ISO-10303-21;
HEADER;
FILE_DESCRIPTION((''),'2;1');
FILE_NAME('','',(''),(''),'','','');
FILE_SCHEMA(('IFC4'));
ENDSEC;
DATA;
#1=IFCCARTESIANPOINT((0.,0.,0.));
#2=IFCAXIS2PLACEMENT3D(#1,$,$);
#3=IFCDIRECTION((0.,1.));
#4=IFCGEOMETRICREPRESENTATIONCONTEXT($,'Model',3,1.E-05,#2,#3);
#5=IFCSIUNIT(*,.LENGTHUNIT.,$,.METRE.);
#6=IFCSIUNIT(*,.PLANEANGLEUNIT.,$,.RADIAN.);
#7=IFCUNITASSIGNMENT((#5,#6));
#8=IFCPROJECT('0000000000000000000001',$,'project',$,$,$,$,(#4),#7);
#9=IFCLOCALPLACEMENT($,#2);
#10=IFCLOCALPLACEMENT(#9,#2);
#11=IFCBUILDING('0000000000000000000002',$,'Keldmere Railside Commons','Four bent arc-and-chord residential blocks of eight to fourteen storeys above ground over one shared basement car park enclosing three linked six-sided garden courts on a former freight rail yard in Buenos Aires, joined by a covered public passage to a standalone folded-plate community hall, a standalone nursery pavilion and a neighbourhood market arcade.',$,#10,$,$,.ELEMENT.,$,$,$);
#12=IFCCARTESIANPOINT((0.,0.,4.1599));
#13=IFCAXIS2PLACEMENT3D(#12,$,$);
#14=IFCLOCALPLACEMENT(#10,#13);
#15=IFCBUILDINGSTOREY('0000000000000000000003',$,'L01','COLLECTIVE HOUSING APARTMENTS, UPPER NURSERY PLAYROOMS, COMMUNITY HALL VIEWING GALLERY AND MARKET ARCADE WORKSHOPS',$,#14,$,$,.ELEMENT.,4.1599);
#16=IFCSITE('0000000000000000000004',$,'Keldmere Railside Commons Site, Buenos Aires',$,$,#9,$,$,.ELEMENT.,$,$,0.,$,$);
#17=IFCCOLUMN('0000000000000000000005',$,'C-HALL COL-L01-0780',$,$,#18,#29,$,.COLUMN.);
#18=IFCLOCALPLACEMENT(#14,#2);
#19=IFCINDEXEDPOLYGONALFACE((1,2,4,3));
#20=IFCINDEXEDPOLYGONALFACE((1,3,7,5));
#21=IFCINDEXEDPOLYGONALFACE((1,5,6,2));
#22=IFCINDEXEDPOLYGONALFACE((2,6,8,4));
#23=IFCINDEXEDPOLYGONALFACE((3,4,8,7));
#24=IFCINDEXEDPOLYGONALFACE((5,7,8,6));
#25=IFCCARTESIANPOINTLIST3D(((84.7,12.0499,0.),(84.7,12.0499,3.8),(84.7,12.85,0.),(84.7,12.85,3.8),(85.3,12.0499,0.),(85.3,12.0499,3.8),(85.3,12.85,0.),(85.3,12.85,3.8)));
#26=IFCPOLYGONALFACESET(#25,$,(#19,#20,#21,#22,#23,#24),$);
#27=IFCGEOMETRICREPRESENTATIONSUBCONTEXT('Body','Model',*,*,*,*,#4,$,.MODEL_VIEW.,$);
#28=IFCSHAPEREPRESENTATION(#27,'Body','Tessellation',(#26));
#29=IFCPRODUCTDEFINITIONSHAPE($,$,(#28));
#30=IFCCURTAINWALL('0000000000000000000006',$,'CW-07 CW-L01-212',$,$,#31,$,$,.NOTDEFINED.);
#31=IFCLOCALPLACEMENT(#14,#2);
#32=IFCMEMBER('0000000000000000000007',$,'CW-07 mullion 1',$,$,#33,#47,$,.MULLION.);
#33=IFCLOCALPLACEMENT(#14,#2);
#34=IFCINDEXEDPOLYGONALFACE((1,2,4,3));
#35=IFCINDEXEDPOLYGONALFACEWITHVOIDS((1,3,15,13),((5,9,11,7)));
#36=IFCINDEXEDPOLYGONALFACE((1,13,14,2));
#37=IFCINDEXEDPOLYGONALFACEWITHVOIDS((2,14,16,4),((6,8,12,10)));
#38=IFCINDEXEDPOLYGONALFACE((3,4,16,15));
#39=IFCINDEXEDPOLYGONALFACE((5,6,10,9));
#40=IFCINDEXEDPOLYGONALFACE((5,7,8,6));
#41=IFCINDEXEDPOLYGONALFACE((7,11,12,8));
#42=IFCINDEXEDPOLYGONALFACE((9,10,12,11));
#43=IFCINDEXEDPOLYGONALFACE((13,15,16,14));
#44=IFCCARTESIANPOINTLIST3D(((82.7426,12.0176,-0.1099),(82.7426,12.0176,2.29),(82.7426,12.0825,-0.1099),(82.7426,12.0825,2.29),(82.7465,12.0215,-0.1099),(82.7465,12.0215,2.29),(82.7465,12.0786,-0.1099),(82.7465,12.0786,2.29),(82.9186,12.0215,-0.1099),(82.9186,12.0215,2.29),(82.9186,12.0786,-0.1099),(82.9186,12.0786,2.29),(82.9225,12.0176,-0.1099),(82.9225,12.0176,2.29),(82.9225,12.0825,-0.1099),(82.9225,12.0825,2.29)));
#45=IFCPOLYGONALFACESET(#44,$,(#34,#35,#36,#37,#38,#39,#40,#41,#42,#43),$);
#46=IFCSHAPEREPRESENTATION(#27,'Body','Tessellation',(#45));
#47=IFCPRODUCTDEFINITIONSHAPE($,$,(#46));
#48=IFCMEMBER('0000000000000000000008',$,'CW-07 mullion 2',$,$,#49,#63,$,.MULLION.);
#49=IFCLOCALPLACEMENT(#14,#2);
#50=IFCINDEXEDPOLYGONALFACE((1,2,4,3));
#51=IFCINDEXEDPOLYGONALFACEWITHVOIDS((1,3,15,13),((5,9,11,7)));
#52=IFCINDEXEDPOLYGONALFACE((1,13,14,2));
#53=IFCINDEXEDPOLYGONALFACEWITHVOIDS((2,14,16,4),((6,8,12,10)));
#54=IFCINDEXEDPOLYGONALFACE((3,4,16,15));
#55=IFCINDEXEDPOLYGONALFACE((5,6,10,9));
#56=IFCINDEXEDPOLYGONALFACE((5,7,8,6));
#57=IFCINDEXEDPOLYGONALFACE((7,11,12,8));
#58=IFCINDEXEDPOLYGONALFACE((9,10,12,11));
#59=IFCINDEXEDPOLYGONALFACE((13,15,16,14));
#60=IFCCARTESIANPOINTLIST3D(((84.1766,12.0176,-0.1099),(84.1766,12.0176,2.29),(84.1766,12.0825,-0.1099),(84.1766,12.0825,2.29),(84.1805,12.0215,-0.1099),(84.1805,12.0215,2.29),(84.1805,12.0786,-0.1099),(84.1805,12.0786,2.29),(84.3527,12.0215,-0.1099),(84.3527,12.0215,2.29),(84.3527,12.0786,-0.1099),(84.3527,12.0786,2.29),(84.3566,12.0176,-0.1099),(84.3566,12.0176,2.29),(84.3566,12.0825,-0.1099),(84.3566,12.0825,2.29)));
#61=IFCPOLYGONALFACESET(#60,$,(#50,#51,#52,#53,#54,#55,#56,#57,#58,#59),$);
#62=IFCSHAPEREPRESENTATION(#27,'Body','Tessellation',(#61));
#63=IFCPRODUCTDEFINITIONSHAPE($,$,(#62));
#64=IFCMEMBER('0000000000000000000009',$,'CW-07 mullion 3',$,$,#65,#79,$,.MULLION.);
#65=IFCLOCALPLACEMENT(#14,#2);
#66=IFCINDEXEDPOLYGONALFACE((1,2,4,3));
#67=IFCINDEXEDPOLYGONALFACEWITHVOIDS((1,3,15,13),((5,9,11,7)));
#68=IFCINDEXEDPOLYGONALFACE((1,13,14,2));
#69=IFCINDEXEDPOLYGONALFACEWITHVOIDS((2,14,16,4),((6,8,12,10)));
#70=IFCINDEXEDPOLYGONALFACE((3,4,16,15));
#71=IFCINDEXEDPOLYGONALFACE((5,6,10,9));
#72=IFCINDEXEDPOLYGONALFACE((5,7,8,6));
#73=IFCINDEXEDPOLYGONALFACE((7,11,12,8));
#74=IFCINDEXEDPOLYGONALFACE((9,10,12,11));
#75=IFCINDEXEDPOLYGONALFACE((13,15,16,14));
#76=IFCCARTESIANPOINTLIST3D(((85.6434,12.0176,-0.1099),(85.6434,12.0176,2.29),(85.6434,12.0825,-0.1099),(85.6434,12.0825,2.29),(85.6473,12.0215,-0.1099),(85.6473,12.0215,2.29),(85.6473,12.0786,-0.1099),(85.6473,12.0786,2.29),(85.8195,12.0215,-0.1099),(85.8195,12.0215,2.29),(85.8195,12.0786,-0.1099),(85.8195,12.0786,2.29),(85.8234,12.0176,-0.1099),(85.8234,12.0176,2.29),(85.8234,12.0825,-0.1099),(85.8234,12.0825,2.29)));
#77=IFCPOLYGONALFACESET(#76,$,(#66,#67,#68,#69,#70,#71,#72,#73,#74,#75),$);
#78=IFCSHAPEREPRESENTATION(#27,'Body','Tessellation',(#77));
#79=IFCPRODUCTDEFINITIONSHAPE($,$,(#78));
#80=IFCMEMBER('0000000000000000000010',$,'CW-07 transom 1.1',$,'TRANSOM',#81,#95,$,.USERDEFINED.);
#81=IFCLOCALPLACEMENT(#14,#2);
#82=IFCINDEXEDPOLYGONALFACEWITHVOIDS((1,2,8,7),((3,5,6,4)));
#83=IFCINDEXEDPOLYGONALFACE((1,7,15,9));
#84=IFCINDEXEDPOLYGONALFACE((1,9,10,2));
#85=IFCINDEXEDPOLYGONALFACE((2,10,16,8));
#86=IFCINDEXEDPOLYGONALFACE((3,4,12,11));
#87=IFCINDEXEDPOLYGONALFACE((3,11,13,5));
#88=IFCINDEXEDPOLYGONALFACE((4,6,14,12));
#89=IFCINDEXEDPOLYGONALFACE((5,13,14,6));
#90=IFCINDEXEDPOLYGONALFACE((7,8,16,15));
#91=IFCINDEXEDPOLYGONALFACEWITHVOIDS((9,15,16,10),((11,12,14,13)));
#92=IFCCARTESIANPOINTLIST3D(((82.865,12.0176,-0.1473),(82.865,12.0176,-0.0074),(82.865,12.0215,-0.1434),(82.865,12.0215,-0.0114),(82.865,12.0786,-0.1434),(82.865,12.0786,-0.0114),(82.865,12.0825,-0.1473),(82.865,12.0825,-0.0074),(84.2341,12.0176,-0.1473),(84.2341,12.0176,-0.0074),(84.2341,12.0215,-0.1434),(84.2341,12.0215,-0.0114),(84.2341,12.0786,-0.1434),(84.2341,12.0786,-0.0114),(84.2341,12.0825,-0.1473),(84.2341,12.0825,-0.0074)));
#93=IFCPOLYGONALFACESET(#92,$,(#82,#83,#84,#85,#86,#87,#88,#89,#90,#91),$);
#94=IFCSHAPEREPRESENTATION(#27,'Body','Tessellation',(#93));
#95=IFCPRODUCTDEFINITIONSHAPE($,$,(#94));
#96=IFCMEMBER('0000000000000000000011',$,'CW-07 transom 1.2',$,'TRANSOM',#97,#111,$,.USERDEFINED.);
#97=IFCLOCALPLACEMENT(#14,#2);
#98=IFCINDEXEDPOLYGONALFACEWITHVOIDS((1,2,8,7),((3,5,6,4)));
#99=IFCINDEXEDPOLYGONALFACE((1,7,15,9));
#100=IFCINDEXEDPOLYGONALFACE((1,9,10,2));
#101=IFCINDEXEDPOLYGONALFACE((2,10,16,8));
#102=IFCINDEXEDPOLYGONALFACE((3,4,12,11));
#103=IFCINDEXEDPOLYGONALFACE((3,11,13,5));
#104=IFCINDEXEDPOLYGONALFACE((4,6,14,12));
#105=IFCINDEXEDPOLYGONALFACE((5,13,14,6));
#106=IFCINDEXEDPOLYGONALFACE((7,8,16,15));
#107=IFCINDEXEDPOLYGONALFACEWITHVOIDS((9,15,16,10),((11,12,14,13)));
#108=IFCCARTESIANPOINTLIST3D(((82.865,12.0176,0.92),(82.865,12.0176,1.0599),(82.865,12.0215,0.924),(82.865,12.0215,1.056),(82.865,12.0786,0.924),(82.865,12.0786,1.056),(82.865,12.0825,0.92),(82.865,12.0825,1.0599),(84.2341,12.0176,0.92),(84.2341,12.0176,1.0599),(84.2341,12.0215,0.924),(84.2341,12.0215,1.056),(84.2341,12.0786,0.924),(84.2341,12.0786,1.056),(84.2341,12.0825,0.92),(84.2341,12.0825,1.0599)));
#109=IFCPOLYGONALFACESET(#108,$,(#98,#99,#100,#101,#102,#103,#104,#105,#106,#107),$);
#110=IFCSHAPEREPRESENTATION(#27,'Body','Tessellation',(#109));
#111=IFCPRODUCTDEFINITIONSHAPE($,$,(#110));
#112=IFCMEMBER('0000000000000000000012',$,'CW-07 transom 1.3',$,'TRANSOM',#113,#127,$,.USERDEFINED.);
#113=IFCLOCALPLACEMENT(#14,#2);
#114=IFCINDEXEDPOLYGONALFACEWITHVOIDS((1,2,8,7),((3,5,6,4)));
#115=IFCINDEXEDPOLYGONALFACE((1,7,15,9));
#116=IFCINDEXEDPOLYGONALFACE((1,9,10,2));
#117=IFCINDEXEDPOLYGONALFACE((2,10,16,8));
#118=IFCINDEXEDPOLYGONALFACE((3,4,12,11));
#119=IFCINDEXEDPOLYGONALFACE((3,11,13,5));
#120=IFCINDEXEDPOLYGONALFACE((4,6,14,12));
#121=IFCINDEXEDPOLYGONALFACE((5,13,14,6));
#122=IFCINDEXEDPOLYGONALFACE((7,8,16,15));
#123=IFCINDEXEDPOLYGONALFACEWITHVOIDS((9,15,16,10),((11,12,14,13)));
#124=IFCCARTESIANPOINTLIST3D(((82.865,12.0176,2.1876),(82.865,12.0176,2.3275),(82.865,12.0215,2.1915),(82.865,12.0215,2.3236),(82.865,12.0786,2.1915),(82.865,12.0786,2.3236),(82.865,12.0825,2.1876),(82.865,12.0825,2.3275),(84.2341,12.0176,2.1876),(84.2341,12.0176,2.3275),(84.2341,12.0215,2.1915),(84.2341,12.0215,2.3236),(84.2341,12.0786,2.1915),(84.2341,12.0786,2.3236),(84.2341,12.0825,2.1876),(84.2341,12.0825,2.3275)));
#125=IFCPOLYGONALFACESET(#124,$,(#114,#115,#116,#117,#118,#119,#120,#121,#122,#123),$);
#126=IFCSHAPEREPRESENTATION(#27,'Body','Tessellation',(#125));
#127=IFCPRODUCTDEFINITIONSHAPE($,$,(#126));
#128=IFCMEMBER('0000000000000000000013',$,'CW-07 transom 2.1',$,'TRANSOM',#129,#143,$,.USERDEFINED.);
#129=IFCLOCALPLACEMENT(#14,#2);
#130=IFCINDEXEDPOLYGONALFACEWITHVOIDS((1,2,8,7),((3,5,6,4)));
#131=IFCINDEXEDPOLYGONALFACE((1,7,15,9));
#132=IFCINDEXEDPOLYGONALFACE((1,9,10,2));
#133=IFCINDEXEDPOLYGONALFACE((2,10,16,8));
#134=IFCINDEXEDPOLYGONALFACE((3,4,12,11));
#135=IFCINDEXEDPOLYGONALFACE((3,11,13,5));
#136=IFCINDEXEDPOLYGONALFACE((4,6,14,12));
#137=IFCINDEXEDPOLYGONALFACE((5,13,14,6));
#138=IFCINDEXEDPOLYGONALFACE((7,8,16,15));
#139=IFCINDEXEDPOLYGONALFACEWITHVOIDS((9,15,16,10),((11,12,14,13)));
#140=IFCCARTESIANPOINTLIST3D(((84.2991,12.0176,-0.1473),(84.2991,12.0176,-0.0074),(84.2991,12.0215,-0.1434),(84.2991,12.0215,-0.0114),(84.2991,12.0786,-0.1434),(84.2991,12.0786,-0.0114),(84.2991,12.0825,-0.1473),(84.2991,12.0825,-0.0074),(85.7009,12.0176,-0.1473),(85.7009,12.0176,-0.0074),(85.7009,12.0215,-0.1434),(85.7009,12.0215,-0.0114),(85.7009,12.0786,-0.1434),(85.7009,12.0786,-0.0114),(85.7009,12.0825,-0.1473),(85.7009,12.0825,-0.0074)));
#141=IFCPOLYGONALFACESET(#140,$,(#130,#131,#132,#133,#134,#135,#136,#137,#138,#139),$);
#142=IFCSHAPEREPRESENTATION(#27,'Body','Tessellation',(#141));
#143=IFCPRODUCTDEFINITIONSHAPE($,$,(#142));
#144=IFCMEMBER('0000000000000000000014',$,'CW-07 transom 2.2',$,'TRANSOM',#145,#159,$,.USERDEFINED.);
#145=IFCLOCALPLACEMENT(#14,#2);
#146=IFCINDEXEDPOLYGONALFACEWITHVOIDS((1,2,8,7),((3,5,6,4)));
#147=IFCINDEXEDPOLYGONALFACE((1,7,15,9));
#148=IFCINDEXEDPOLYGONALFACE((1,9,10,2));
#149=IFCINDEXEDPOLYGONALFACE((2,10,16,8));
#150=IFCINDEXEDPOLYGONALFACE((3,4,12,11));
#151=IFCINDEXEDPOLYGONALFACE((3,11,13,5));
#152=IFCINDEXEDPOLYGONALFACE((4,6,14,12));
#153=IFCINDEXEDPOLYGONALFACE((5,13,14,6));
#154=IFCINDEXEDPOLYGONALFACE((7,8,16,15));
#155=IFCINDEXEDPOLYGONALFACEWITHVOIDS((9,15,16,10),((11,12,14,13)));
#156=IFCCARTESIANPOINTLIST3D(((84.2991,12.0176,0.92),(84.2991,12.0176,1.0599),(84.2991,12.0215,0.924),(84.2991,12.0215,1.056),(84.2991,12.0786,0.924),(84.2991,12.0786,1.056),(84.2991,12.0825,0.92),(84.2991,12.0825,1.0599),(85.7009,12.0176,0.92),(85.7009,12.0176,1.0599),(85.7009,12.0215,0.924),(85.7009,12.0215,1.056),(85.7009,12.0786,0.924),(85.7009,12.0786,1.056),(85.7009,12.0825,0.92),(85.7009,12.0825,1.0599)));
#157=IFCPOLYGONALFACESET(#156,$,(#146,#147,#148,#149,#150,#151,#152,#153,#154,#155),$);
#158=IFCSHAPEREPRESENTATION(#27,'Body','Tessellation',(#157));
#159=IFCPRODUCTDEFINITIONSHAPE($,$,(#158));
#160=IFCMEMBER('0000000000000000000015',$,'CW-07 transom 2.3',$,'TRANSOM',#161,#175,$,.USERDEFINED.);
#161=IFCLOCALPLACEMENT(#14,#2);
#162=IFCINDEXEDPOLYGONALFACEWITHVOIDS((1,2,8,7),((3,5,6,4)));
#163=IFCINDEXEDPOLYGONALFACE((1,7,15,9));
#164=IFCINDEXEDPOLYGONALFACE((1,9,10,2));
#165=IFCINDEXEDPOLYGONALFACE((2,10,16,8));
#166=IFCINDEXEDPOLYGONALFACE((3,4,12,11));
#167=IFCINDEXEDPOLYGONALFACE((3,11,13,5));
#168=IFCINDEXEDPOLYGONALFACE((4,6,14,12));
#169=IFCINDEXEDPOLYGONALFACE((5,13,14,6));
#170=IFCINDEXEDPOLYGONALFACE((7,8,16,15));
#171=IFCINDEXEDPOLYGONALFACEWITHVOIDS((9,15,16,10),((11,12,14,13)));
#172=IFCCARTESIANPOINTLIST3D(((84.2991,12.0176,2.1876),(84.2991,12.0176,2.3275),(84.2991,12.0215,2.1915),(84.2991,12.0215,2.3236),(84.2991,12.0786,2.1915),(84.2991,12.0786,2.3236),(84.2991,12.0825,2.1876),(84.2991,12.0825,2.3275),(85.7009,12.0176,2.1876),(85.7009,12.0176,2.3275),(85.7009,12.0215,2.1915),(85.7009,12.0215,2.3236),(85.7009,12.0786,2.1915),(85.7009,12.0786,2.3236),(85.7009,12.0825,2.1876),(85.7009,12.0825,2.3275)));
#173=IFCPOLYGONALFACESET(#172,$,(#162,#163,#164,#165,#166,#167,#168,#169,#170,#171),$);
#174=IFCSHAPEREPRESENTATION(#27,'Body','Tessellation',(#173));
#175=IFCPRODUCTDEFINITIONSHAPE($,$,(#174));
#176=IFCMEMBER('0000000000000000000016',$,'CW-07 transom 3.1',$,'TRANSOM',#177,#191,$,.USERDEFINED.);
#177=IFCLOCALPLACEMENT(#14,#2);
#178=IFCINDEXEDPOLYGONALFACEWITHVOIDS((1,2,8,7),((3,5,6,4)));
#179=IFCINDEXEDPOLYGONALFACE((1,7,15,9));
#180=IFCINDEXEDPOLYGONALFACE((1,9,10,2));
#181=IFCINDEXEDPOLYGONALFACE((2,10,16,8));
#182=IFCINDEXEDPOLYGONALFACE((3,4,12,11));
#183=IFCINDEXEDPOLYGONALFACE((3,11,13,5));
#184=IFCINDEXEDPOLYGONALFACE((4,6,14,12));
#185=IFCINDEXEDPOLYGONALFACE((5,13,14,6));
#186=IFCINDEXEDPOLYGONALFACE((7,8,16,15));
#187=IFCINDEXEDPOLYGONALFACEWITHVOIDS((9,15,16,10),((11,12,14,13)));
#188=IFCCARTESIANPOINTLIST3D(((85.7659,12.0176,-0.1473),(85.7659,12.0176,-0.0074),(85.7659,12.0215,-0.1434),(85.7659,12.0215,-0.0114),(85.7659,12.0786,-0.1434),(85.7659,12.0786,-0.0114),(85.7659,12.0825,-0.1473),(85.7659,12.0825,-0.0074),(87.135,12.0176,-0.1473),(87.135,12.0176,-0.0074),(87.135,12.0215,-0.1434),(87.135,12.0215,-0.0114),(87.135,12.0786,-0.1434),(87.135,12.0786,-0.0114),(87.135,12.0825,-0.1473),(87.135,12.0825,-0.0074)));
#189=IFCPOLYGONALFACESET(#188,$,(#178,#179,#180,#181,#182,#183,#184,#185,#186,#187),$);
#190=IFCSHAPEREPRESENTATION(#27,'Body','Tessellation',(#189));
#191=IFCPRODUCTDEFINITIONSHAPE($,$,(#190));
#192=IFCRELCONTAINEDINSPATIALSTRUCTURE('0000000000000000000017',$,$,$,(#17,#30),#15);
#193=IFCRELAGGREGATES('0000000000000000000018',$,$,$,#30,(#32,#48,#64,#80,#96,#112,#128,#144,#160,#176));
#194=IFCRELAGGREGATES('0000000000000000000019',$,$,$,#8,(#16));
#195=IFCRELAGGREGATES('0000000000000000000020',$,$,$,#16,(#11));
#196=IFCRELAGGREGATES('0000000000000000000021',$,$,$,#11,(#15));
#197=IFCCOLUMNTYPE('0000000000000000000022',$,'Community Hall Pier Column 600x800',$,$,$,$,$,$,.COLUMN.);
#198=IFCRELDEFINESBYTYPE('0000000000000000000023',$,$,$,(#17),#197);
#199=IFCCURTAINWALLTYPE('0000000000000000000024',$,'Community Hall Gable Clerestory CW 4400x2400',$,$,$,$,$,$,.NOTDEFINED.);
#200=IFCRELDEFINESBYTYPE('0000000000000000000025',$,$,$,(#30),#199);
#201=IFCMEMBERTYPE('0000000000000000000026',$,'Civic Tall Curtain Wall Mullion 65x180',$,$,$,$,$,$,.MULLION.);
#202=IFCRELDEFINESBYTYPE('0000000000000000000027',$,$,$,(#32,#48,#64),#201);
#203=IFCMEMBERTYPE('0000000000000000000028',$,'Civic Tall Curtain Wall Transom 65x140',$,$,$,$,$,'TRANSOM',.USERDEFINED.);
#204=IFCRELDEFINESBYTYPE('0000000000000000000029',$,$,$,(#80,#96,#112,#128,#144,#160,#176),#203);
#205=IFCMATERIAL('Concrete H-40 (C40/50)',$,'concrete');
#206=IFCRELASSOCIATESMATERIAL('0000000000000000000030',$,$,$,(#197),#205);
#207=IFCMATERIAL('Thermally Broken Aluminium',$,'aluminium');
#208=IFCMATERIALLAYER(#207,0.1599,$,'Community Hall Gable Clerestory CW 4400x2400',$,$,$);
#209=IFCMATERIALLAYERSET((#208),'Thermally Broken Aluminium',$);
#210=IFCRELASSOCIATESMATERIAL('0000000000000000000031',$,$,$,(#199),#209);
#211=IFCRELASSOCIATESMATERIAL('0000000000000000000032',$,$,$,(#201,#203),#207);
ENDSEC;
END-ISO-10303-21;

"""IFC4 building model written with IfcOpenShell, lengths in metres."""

from ifc_helpers import new_model, si_unit, direction, frame, origin, origin_2d, place, context, subcontext, project, spatial, rectangle, hollow_rectangle, extrude, material, layer, layer_set, material_profile, profile_set, type_object, element, aggregate, save


model = new_model("IFC4")

# Units and contexts
model_context = context("Model", 3, precision=1e-05, world=origin(), true_north=direction((0.0, 1.0)))
body_context = subcontext(model_context, "Body", "Model", "MODEL_VIEW")
ifc_project = project(units=[si_unit("LENGTHUNIT", "METRE"), si_unit("PLANEANGLEUNIT", "RADIAN")], contexts=[model_context])

# Site, building, storey
site_placement = place(None, origin())
site = spatial("IfcSite", under=ifc_project, at=site_placement, Name="Keldmere Railside Commons Site, Buenos Aires", CompositionType="ELEMENT", RefElevation=0.0)
building_placement = place(site_placement, origin())
building = spatial("IfcBuilding", under=site, at=building_placement, Name="Keldmere Railside Commons", Description="Four bent arc-and-chord residential blocks of eight to fourteen storeys above ground over one shared basement car park enclosing three linked six-sided garden courts on a former freight rail yard in Buenos Aires, joined by a covered public passage to a standalone folded-plate community hall, a standalone nursery pavilion and a neighbourhood market arcade.", CompositionType="ELEMENT")
storey_placement = place(building_placement, frame((0.0, 0.0, 4.1599)))
storey = spatial("IfcBuildingStorey", under=building, at=storey_placement, Name="L01", Description="COLLECTIVE HOUSING APARTMENTS, UPPER NURSERY PLAYROOMS, COMMUNITY HALL VIEWING GALLERY AND MARKET ARCADE WORKSHOPS", CompositionType="ELEMENT", Elevation=4.1599)

# Column
ifc_material_1 = material(Name="Concrete H-40 (C40/50)", Category="concrete")
ifc_material_profile_1 = material_profile(ifc_material_1, rectangle(XDim=0.6001, YDim=0.8, at=origin_2d()), Name="RC-600x800")
ifc_profile_set_1 = profile_set([ifc_material_profile_1], Name="Concrete H-40 (C40/50)")
column_type = type_object("IfcColumnType", Name="Community Hall Pier Column 600x800", PredefinedType="COLUMN", material=ifc_profile_set_1)
column_placement = place(storey_placement, frame((85.0, 12.45, 0.0), z_axis=(0.0, 0.0, 1.0), x_axis=(1.0, 0.0, 0.0)))
element("IfcColumn", 1, at=column_placement, inside=storey, type_object=column_type, Name="C-HALL COL-L01-0780", PredefinedType="COLUMN", context=body_context, shape_type="SweptSolid", body=[
    extrude(rectangle(XDim=0.6001, YDim=0.8, at=origin_2d()), origin(), (0.0, 0.0, 1.0), 3.8),
])

# Curtain wall, members
ifc_material_2 = material(Name="Thermally Broken Aluminium", Category="aluminium")
ifc_layer_1 = layer(ifc_material_2, 0.1599, Name="Community Hall Gable Clerestory CW 4400x2400")
ifc_layer_set_1 = layer_set([ifc_layer_1], Name="Thermally Broken Aluminium")
curtain_wall_type = type_object("IfcCurtainWallType", Name="Community Hall Gable Clerestory CW 4400x2400", PredefinedType="NOTDEFINED", material=ifc_layer_set_1)
curtain_wall_placement = place(storey_placement, origin())
curtain_wall = element("IfcCurtainWall", 2, at=curtain_wall_placement, inside=storey, type_object=curtain_wall_type, Name="CW-07 CW-L01-212", PredefinedType="NOTDEFINED")
ifc_material_profile_2 = material_profile(ifc_material_2, hollow_rectangle(XDim=0.0649, YDim=0.1799, WallThickness=0.0039, at=origin_2d()), Name="ALU-MULL-65x180")
ifc_profile_set_2 = profile_set([ifc_material_profile_2], Name="Thermally Broken Aluminium")
member_type_1 = type_object("IfcMemberType", Name="Civic Tall Curtain Wall Mullion 65x180", PredefinedType="MULLION", material=ifc_profile_set_2)
member_1_placement = place(storey_placement, frame((82.8325, 12.05, -0.1099), z_axis=(0.0, 0.0, 1.0), x_axis=(0.0, 1.0, 0.0)))
member_1 = element("IfcMember", 3, at=member_1_placement, type_object=member_type_1, Name="CW-07 mullion 1", PredefinedType="MULLION", context=body_context, shape_type="SweptSolid", body=[
    extrude(hollow_rectangle(XDim=0.0649, YDim=0.1799, WallThickness=0.0039, at=origin_2d()), origin(), (0.0, 0.0, 1.0), 2.3999),
])
member_2_placement = place(storey_placement, frame((84.2666, 12.05, -0.1099), z_axis=(0.0, 0.0, 1.0), x_axis=(0.0, 1.0, 0.0)))
member_2 = element("IfcMember", 4, at=member_2_placement, type_object=member_type_1, Name="CW-07 mullion 2", PredefinedType="MULLION", context=body_context, shape_type="SweptSolid", body=[
    extrude(hollow_rectangle(XDim=0.0649, YDim=0.1799, WallThickness=0.0039, at=origin_2d()), origin(), (0.0, 0.0, 1.0), 2.3999),
])
member_3_placement = place(storey_placement, frame((85.7334, 12.05, -0.1099), z_axis=(0.0, 0.0, 1.0), x_axis=(0.0, 1.0, 0.0)))
member_3 = element("IfcMember", 5, at=member_3_placement, type_object=member_type_1, Name="CW-07 mullion 3", PredefinedType="MULLION", context=body_context, shape_type="SweptSolid", body=[
    extrude(hollow_rectangle(XDim=0.0649, YDim=0.1799, WallThickness=0.0039, at=origin_2d()), origin(), (0.0, 0.0, 1.0), 2.3999),
])
ifc_material_profile_3 = material_profile(ifc_material_2, hollow_rectangle(XDim=0.0649, YDim=0.1399, WallThickness=0.0039, at=origin_2d()), Name="ALU-TRAN-65x140")
ifc_profile_set_3 = profile_set([ifc_material_profile_3], Name="Thermally Broken Aluminium")
member_type_2 = type_object("IfcMemberType", Name="Civic Tall Curtain Wall Transom 65x140", ElementType="TRANSOM", PredefinedType="USERDEFINED", material=ifc_profile_set_3)
member_4_placement = place(storey_placement, frame((82.865, 12.05, -0.0774), z_axis=(1.0, 0.0, 0.0), x_axis=(0.0, 1.0, 0.0)))
member_4 = element("IfcMember", 6, at=member_4_placement, type_object=member_type_2, Name="CW-07 transom 1.1", ObjectType="TRANSOM", PredefinedType="USERDEFINED", context=body_context, shape_type="SweptSolid", body=[
    extrude(hollow_rectangle(XDim=0.0649, YDim=0.1399, WallThickness=0.0039, at=origin_2d()), origin(), (0.0, 0.0, 1.0), 1.3691),
])
member_5_placement = place(storey_placement, frame((82.865, 12.05, 0.99), z_axis=(1.0, 0.0, 0.0), x_axis=(0.0, 1.0, 0.0)))
member_5 = element("IfcMember", 7, at=member_5_placement, type_object=member_type_2, Name="CW-07 transom 1.2", ObjectType="TRANSOM", PredefinedType="USERDEFINED", context=body_context, shape_type="SweptSolid", body=[
    extrude(hollow_rectangle(XDim=0.0649, YDim=0.1399, WallThickness=0.0039, at=origin_2d()), origin(), (0.0, 0.0, 1.0), 1.3691),
])
member_6_placement = place(storey_placement, frame((82.865, 12.05, 2.2576), z_axis=(1.0, 0.0, 0.0), x_axis=(0.0, 1.0, 0.0)))
member_6 = element("IfcMember", 8, at=member_6_placement, type_object=member_type_2, Name="CW-07 transom 1.3", ObjectType="TRANSOM", PredefinedType="USERDEFINED", context=body_context, shape_type="SweptSolid", body=[
    extrude(hollow_rectangle(XDim=0.0649, YDim=0.1399, WallThickness=0.0039, at=origin_2d()), origin(), (0.0, 0.0, 1.0), 1.3691),
])
member_7_placement = place(storey_placement, frame((84.2991, 12.05, -0.0774), z_axis=(1.0, 0.0, 0.0), x_axis=(0.0, 1.0, 0.0)))
member_7 = element("IfcMember", 9, at=member_7_placement, type_object=member_type_2, Name="CW-07 transom 2.1", ObjectType="TRANSOM", PredefinedType="USERDEFINED", context=body_context, shape_type="SweptSolid", body=[
    extrude(hollow_rectangle(XDim=0.0649, YDim=0.1399, WallThickness=0.0039, at=origin_2d()), origin(), (0.0, 0.0, 1.0), 1.4019),
])
member_8_placement = place(storey_placement, frame((84.2991, 12.05, 0.99), z_axis=(1.0, 0.0, 0.0), x_axis=(0.0, 1.0, 0.0)))
member_8 = element("IfcMember", 10, at=member_8_placement, type_object=member_type_2, Name="CW-07 transom 2.2", ObjectType="TRANSOM", PredefinedType="USERDEFINED", context=body_context, shape_type="SweptSolid", body=[
    extrude(hollow_rectangle(XDim=0.0649, YDim=0.1399, WallThickness=0.0039, at=origin_2d()), origin(), (0.0, 0.0, 1.0), 1.4019),
])
member_9_placement = place(storey_placement, frame((84.2991, 12.05, 2.2576), z_axis=(1.0, 0.0, 0.0), x_axis=(0.0, 1.0, 0.0)))
member_9 = element("IfcMember", 11, at=member_9_placement, type_object=member_type_2, Name="CW-07 transom 2.3", ObjectType="TRANSOM", PredefinedType="USERDEFINED", context=body_context, shape_type="SweptSolid", body=[
    extrude(hollow_rectangle(XDim=0.0649, YDim=0.1399, WallThickness=0.0039, at=origin_2d()), origin(), (0.0, 0.0, 1.0), 1.4019),
])
member_10_placement = place(storey_placement, frame((85.7659, 12.05, -0.0774), z_axis=(1.0, 0.0, 0.0), x_axis=(0.0, 1.0, 0.0)))
member_10 = element("IfcMember", 12, at=member_10_placement, type_object=member_type_2, Name="CW-07 transom 3.1", ObjectType="TRANSOM", PredefinedType="USERDEFINED", context=body_context, shape_type="SweptSolid", body=[
    extrude(hollow_rectangle(XDim=0.0649, YDim=0.1399, WallThickness=0.0039, at=origin_2d()), origin(), (0.0, 0.0, 1.0), 1.3691),
])

aggregate(curtain_wall, [member_1, member_2, member_3, member_4, member_5, member_6, member_7, member_8, member_9, member_10])

save(model, "model.ifc")
